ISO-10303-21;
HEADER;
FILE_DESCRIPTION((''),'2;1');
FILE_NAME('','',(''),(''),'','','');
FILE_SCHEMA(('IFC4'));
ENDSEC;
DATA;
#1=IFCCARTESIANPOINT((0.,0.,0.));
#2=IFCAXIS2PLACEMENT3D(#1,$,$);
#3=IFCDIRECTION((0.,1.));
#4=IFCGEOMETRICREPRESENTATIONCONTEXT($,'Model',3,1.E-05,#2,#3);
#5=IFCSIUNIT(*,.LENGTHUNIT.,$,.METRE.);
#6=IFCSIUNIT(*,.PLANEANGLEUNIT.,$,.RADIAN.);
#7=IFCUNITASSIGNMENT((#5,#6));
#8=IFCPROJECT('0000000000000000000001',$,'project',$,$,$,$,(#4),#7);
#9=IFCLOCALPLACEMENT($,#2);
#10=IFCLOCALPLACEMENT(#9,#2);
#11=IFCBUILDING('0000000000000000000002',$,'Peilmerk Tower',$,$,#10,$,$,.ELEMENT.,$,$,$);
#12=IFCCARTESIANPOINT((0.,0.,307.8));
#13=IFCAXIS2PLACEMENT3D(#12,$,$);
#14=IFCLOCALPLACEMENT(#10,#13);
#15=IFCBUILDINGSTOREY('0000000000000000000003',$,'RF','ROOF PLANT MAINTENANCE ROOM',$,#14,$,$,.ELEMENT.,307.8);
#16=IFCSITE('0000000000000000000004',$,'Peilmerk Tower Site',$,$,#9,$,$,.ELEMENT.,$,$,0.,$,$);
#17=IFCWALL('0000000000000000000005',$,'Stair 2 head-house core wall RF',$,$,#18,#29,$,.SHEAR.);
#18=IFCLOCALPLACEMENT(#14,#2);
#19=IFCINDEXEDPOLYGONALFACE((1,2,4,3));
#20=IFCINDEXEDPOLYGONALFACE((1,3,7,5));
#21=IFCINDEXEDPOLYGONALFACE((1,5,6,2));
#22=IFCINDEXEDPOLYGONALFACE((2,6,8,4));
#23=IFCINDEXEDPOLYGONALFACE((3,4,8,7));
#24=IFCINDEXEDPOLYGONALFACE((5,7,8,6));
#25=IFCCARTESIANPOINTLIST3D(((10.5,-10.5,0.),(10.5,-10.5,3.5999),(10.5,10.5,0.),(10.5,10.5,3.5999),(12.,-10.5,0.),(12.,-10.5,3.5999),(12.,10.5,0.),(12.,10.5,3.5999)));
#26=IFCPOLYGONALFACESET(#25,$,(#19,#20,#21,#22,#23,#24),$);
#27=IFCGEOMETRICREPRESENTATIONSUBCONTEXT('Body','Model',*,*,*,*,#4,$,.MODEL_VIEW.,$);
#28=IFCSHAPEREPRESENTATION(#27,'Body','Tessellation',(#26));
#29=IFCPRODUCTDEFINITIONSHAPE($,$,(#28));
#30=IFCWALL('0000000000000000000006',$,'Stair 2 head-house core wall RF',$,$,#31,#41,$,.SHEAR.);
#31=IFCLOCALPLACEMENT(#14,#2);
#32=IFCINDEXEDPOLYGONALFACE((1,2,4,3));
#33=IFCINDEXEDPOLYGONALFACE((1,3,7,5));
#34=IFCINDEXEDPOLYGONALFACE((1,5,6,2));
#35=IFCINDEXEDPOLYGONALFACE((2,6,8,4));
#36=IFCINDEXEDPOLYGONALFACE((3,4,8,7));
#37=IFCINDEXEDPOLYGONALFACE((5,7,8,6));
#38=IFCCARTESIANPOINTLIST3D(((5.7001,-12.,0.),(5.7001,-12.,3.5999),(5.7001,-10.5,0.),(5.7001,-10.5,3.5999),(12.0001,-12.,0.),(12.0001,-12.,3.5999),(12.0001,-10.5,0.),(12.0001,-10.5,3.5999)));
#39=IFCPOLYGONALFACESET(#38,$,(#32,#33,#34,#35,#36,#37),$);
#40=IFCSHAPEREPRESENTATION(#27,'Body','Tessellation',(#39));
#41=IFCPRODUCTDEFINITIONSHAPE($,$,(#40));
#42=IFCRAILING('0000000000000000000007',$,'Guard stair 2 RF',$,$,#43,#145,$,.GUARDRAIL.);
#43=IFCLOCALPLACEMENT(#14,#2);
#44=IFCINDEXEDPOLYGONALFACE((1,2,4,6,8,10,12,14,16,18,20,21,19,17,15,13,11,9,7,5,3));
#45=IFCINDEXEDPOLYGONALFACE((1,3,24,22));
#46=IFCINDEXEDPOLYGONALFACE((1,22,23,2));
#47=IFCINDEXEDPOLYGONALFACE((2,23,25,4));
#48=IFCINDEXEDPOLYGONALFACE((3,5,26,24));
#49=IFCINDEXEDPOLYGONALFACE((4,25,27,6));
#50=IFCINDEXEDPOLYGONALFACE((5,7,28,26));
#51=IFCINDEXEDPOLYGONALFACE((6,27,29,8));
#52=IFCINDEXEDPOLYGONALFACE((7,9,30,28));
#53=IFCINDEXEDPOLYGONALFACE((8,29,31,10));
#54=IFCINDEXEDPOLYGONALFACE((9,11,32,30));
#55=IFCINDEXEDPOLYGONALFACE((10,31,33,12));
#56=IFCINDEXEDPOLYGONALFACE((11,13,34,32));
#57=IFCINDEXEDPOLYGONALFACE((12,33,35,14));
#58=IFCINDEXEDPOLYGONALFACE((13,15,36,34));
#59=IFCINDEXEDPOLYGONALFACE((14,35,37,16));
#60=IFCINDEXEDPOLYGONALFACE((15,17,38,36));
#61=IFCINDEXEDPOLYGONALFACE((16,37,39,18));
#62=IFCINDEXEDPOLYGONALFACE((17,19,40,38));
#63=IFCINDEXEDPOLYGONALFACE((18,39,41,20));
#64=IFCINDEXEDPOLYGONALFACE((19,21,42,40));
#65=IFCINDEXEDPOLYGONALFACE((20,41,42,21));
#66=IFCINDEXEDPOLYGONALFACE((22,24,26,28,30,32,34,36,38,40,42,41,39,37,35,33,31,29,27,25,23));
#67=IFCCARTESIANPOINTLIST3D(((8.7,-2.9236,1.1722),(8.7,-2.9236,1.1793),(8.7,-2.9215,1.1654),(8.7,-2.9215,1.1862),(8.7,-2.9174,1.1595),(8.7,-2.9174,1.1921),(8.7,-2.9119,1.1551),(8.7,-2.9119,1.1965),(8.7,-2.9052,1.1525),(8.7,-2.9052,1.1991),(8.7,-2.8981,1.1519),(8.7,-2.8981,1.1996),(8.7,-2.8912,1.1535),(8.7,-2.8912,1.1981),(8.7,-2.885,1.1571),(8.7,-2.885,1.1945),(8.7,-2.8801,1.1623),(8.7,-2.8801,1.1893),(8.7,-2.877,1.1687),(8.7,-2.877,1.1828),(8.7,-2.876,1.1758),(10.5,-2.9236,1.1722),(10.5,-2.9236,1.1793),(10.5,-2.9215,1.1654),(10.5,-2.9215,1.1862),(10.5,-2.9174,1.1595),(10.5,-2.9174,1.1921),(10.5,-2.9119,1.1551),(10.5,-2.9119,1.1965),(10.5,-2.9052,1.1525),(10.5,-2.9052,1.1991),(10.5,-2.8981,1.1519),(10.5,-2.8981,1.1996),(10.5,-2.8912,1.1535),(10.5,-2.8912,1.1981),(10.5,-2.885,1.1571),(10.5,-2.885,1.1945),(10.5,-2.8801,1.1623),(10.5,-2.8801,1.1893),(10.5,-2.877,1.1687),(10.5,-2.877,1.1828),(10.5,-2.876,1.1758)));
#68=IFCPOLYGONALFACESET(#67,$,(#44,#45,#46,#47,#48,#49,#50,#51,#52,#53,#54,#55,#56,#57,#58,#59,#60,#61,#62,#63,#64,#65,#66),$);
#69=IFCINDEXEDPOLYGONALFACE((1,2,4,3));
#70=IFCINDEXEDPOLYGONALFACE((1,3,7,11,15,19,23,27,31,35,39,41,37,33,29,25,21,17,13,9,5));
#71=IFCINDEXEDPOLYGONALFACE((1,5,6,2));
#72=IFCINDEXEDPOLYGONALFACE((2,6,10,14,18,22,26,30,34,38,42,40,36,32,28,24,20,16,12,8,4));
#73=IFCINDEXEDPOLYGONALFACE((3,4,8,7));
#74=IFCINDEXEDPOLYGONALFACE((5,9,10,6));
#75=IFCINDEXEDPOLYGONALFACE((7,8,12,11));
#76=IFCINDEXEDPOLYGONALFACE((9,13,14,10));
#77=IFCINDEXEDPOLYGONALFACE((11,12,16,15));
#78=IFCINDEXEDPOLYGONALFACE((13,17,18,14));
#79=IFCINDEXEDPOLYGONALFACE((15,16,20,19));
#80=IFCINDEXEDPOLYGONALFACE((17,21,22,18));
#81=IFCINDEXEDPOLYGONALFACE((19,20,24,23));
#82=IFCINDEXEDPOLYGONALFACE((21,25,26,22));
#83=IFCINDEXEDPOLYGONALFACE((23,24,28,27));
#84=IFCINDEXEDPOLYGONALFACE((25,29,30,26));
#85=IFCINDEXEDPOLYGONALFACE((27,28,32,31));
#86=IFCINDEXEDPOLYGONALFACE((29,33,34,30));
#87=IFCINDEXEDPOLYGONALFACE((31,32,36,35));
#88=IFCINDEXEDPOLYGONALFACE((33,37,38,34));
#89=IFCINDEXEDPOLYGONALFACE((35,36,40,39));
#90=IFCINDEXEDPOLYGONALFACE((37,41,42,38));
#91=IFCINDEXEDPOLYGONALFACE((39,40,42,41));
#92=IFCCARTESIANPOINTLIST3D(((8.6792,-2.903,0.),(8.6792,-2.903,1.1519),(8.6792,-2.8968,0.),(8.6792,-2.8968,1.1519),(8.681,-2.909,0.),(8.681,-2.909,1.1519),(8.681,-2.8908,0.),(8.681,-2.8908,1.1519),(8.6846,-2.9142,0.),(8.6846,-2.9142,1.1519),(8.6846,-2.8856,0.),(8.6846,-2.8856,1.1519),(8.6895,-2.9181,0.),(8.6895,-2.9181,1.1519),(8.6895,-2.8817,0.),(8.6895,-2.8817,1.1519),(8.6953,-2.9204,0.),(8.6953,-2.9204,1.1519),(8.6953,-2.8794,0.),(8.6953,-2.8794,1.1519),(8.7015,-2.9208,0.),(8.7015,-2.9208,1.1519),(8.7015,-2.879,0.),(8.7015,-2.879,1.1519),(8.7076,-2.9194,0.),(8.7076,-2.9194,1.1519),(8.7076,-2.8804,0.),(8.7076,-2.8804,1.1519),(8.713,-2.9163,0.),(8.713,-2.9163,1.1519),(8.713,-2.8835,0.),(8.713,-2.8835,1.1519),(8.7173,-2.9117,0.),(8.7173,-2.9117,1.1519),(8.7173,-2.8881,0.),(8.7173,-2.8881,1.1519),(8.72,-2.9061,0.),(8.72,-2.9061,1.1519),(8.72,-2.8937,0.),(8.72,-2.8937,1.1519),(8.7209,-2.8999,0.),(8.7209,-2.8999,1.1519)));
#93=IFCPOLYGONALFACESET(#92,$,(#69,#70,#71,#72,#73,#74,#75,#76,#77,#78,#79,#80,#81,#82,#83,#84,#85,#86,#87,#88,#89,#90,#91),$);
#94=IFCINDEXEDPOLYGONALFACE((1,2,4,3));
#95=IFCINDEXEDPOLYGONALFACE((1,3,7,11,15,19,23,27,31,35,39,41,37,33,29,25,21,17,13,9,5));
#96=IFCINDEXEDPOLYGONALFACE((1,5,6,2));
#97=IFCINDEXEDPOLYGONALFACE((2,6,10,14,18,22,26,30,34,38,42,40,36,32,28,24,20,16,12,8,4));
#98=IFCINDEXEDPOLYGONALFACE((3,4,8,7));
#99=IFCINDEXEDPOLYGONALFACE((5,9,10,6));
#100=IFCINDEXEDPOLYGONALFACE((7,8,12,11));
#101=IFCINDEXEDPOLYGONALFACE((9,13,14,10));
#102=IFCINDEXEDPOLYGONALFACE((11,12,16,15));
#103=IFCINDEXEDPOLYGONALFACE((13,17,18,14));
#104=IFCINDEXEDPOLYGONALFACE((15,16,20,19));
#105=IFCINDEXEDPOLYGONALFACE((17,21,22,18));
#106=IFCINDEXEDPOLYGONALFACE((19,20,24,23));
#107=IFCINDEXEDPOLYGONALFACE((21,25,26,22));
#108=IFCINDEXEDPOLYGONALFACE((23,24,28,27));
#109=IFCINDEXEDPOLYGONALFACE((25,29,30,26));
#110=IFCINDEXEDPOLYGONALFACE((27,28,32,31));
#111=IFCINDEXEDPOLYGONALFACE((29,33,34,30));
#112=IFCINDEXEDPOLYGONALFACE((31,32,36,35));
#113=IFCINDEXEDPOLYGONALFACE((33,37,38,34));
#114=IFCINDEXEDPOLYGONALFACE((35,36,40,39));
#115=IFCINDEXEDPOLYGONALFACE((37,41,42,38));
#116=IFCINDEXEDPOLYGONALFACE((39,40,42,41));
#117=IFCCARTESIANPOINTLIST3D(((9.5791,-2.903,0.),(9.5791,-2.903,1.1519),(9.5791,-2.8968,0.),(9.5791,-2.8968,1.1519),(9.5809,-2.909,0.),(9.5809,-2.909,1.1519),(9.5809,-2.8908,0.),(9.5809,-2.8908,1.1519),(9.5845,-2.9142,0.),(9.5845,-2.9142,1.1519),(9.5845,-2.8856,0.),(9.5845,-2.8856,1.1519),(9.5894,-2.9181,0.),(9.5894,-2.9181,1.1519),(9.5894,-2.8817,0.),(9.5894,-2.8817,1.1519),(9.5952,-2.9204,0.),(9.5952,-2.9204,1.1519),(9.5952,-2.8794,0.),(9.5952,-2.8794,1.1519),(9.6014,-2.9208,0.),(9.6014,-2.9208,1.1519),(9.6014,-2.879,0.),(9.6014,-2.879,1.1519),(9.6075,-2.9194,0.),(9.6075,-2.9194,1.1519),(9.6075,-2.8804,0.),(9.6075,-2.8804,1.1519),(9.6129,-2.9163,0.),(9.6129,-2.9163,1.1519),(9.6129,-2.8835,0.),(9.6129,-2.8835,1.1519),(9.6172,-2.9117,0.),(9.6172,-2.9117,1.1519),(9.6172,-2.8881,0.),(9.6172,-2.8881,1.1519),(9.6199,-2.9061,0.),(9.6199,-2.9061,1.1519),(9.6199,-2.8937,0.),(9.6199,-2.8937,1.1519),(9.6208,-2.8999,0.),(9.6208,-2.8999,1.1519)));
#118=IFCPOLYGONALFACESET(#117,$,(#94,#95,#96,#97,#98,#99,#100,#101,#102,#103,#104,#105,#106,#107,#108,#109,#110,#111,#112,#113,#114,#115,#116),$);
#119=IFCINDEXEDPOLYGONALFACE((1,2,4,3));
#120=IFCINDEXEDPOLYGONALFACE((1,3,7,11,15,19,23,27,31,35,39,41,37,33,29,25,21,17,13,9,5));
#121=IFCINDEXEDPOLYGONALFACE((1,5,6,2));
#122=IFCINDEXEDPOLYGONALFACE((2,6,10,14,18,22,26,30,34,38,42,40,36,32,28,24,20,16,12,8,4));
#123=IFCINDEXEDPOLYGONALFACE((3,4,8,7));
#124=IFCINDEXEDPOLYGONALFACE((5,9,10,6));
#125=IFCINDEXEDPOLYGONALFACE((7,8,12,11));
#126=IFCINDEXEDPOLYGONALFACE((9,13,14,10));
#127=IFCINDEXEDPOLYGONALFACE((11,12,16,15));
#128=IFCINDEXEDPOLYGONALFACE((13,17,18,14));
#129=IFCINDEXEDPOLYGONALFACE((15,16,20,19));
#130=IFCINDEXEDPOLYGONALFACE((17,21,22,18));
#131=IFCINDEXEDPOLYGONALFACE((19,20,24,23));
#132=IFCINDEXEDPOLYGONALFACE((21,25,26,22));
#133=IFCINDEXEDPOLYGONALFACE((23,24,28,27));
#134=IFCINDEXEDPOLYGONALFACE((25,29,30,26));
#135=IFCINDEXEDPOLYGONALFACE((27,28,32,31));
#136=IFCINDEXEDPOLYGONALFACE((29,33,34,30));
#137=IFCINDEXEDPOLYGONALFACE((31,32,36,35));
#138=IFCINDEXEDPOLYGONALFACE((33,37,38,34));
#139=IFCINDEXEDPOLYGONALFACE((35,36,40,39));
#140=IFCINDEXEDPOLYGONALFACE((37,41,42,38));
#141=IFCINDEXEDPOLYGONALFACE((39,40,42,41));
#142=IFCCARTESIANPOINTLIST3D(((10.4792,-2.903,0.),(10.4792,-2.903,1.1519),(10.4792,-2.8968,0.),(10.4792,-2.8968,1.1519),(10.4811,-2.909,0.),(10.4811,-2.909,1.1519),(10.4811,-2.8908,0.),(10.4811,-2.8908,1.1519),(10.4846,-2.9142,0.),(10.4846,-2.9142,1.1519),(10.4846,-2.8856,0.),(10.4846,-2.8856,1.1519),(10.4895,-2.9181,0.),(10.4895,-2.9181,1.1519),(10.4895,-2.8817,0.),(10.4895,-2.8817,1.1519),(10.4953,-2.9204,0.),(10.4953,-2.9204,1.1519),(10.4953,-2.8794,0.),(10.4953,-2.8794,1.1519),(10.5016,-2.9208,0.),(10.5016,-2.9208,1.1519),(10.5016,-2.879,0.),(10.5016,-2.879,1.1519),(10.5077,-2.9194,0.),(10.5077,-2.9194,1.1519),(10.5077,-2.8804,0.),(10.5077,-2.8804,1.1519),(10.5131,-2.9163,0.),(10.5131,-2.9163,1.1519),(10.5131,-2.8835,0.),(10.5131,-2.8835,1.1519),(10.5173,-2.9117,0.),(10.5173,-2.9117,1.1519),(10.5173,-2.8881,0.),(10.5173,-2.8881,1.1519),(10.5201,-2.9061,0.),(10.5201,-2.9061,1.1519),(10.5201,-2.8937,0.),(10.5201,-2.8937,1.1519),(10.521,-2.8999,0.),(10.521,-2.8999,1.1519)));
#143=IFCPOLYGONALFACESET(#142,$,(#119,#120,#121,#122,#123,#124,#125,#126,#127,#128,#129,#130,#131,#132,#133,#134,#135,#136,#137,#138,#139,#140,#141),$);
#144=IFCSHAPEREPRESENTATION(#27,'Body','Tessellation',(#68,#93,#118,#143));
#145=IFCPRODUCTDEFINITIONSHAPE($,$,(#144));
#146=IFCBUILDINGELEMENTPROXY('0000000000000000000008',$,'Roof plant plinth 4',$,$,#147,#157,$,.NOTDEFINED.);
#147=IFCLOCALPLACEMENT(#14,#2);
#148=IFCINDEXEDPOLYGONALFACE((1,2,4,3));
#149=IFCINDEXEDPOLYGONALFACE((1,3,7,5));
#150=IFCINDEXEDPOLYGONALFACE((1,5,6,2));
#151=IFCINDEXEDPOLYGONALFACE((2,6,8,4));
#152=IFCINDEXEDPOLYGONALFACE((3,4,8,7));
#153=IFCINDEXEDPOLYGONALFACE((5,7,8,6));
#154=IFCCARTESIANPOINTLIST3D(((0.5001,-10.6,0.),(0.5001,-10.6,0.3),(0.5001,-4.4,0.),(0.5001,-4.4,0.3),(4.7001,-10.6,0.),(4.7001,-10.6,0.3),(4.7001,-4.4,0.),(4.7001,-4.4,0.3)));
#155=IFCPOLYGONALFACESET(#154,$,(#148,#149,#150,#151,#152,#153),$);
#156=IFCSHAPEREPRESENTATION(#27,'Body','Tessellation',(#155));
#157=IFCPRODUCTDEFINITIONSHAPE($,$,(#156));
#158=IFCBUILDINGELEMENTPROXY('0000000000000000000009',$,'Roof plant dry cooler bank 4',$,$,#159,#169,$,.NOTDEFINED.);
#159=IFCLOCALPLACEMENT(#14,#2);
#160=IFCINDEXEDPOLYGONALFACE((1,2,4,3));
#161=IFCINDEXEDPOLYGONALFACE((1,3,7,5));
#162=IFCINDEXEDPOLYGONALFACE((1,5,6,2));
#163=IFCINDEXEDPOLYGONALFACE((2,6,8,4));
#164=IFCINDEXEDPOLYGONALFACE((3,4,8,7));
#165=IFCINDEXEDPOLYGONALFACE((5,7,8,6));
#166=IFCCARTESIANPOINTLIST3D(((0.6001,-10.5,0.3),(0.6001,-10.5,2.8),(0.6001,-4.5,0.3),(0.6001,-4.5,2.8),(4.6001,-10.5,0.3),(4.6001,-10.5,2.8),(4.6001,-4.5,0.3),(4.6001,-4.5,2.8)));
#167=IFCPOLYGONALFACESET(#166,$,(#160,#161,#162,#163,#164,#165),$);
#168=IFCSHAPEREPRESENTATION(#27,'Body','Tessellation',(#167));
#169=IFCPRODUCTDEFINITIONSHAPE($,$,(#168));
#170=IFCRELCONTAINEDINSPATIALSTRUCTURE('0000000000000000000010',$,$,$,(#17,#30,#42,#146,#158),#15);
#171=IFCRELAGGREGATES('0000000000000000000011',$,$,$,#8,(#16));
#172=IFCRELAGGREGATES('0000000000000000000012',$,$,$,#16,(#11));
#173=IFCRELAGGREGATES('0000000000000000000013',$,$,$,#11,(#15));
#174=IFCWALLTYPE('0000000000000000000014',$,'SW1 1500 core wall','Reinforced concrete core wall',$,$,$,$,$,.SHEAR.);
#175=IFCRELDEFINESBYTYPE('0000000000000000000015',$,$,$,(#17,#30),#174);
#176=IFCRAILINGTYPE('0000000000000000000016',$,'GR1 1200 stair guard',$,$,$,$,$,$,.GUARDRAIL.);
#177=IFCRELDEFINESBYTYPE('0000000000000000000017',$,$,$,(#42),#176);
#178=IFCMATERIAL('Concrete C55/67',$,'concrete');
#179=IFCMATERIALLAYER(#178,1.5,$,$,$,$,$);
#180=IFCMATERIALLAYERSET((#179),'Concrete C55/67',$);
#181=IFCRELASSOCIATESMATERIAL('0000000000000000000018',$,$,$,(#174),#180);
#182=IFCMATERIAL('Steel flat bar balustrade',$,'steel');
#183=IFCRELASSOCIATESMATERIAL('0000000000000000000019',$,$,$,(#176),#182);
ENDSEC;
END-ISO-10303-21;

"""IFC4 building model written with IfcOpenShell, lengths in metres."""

from ifc_helpers import new_model, si_unit, direction, frame, frame_2d, origin, origin_2d, place, context, subcontext, project, spatial, rectangle, circle, extrude, material, layer, layer_set, type_object, element, save


model = new_model("IFC4")

# Units and contexts
model_context = context("Model", 3, precision=1e-05, world=origin(), true_north=direction((0.0, 1.0)))
body_context = subcontext(model_context, "Body", "Model", "MODEL_VIEW")
ifc_project = project(units=[si_unit("LENGTHUNIT", "METRE"), si_unit("PLANEANGLEUNIT", "RADIAN")], contexts=[model_context])

# Site, building, storey
site_placement = place(None, origin())
site = spatial("IfcSite", under=ifc_project, at=site_placement, Name="Peilmerk Tower Site", CompositionType="ELEMENT", RefElevation=0.0)
building_placement = place(site_placement, origin())
building = spatial("IfcBuilding", under=site, at=building_placement, Name="Peilmerk Tower", CompositionType="ELEMENT")
storey_placement = place(building_placement, frame((0.0, 0.0, 307.8)))
storey = spatial("IfcBuildingStorey", under=building, at=storey_placement, Name="RF", Description="ROOF PLANT MAINTENANCE ROOM", CompositionType="ELEMENT", Elevation=307.8)

# Walls
ifc_material_1 = material(Name="Concrete C55/67", Category="concrete")
ifc_layer_1 = layer(ifc_material_1, 1.5)
ifc_layer_set_1 = layer_set([ifc_layer_1], Name="Concrete C55/67")
wall_type_1 = type_object("IfcWallType", Name="SW1 1500 core wall", Description="Reinforced concrete core wall", PredefinedType="SHEAR", material=ifc_layer_set_1)
wall_1_placement = place(storey_placement, frame((11.25, -10.5, 0.0), z_axis=(0.0, 0.0, 1.0), x_axis=(0.0, 1.0, 0.0)))
element("IfcWall", 1, at=wall_1_placement, inside=storey, type_object=wall_type_1, Name="Stair 2 head-house core wall RF", PredefinedType="SHEAR", context=body_context, shape_type="SweptSolid", body=[
    extrude(rectangle(XDim=21.0, YDim=1.5, at=frame_2d((10.5, 0.0))), origin(), (0.0, 0.0, 1.0), 3.5999),
])
wall_2_placement = place(storey_placement, frame((12.0, -11.25, 0.0), z_axis=(0.0, 0.0, 1.0), x_axis=(-1.0, 0.0, 0.0)))
element("IfcWall", 2, at=wall_2_placement, inside=storey, type_object=wall_type_1, Name="Stair 2 head-house core wall RF", PredefinedType="SHEAR", context=body_context, shape_type="SweptSolid", body=[
    extrude(rectangle(XDim=6.3, YDim=1.5, at=frame_2d((3.1499, 0.0))), origin(), (0.0, 0.0, 1.0), 3.5999),
])

# Railing
ifc_material_2 = material(Name="Steel flat bar balustrade", Category="steel")
railing_type = type_object("IfcRailingType", Name="GR1 1200 stair guard", PredefinedType="GUARDRAIL", material=ifc_material_2)
railing_placement = place(storey_placement, frame((8.7, -2.8999, 0.0)))
element("IfcRailing", 3, at=railing_placement, inside=storey, type_object=railing_type, Name="Guard stair 2 RF", PredefinedType="GUARDRAIL", context=body_context, shape_type="SweptSolid", body=[
    extrude(circle(Radius=0.0239, at=origin_2d()), frame((0.0, 0.0, 1.1758), z_axis=(1.0, 0.0, 0.0), x_axis=(0.0, 1.0, 0.0)), (0.0, 0.0, 1.0), 1.8),
    extrude(circle(Radius=0.021, at=origin_2d()), origin(), (0.0, 0.0, 1.0), 1.1519),
    extrude(circle(Radius=0.021, at=origin_2d()), frame((0.8999, 0.0, 0.0)), (0.0, 0.0, 1.0), 1.1519),
    extrude(circle(Radius=0.021, at=origin_2d()), frame((1.8, 0.0, 0.0)), (0.0, 0.0, 1.0), 1.1519),
])

# Building element proxies
proxy_1_placement = place(storey_placement, frame((2.6001, -7.5, 0.0), z_axis=(0.0, 0.0, 1.0), x_axis=(1.0, 0.0, 0.0)))
element("IfcBuildingElementProxy", 4, at=proxy_1_placement, inside=storey, Name="Roof plant plinth 4", PredefinedType="NOTDEFINED", context=body_context, shape_type="SweptSolid", body=[
    extrude(rectangle(XDim=4.2, YDim=6.2, at=origin_2d()), origin(), (0.0, 0.0, 1.0), 0.3),
])
proxy_2_placement = place(storey_placement, frame((2.6001, -7.5, 0.3), z_axis=(0.0, 0.0, 1.0), x_axis=(1.0, 0.0, 0.0)))
element("IfcBuildingElementProxy", 5, at=proxy_2_placement, inside=storey, Name="Roof plant dry cooler bank 4", PredefinedType="NOTDEFINED", context=body_context, shape_type="SweptSolid", body=[
    extrude(rectangle(XDim=4.0, YDim=6.0, at=origin_2d()), origin(), (0.0, 0.0, 1.0), 2.5),
])

save(model, "model.ifc")
